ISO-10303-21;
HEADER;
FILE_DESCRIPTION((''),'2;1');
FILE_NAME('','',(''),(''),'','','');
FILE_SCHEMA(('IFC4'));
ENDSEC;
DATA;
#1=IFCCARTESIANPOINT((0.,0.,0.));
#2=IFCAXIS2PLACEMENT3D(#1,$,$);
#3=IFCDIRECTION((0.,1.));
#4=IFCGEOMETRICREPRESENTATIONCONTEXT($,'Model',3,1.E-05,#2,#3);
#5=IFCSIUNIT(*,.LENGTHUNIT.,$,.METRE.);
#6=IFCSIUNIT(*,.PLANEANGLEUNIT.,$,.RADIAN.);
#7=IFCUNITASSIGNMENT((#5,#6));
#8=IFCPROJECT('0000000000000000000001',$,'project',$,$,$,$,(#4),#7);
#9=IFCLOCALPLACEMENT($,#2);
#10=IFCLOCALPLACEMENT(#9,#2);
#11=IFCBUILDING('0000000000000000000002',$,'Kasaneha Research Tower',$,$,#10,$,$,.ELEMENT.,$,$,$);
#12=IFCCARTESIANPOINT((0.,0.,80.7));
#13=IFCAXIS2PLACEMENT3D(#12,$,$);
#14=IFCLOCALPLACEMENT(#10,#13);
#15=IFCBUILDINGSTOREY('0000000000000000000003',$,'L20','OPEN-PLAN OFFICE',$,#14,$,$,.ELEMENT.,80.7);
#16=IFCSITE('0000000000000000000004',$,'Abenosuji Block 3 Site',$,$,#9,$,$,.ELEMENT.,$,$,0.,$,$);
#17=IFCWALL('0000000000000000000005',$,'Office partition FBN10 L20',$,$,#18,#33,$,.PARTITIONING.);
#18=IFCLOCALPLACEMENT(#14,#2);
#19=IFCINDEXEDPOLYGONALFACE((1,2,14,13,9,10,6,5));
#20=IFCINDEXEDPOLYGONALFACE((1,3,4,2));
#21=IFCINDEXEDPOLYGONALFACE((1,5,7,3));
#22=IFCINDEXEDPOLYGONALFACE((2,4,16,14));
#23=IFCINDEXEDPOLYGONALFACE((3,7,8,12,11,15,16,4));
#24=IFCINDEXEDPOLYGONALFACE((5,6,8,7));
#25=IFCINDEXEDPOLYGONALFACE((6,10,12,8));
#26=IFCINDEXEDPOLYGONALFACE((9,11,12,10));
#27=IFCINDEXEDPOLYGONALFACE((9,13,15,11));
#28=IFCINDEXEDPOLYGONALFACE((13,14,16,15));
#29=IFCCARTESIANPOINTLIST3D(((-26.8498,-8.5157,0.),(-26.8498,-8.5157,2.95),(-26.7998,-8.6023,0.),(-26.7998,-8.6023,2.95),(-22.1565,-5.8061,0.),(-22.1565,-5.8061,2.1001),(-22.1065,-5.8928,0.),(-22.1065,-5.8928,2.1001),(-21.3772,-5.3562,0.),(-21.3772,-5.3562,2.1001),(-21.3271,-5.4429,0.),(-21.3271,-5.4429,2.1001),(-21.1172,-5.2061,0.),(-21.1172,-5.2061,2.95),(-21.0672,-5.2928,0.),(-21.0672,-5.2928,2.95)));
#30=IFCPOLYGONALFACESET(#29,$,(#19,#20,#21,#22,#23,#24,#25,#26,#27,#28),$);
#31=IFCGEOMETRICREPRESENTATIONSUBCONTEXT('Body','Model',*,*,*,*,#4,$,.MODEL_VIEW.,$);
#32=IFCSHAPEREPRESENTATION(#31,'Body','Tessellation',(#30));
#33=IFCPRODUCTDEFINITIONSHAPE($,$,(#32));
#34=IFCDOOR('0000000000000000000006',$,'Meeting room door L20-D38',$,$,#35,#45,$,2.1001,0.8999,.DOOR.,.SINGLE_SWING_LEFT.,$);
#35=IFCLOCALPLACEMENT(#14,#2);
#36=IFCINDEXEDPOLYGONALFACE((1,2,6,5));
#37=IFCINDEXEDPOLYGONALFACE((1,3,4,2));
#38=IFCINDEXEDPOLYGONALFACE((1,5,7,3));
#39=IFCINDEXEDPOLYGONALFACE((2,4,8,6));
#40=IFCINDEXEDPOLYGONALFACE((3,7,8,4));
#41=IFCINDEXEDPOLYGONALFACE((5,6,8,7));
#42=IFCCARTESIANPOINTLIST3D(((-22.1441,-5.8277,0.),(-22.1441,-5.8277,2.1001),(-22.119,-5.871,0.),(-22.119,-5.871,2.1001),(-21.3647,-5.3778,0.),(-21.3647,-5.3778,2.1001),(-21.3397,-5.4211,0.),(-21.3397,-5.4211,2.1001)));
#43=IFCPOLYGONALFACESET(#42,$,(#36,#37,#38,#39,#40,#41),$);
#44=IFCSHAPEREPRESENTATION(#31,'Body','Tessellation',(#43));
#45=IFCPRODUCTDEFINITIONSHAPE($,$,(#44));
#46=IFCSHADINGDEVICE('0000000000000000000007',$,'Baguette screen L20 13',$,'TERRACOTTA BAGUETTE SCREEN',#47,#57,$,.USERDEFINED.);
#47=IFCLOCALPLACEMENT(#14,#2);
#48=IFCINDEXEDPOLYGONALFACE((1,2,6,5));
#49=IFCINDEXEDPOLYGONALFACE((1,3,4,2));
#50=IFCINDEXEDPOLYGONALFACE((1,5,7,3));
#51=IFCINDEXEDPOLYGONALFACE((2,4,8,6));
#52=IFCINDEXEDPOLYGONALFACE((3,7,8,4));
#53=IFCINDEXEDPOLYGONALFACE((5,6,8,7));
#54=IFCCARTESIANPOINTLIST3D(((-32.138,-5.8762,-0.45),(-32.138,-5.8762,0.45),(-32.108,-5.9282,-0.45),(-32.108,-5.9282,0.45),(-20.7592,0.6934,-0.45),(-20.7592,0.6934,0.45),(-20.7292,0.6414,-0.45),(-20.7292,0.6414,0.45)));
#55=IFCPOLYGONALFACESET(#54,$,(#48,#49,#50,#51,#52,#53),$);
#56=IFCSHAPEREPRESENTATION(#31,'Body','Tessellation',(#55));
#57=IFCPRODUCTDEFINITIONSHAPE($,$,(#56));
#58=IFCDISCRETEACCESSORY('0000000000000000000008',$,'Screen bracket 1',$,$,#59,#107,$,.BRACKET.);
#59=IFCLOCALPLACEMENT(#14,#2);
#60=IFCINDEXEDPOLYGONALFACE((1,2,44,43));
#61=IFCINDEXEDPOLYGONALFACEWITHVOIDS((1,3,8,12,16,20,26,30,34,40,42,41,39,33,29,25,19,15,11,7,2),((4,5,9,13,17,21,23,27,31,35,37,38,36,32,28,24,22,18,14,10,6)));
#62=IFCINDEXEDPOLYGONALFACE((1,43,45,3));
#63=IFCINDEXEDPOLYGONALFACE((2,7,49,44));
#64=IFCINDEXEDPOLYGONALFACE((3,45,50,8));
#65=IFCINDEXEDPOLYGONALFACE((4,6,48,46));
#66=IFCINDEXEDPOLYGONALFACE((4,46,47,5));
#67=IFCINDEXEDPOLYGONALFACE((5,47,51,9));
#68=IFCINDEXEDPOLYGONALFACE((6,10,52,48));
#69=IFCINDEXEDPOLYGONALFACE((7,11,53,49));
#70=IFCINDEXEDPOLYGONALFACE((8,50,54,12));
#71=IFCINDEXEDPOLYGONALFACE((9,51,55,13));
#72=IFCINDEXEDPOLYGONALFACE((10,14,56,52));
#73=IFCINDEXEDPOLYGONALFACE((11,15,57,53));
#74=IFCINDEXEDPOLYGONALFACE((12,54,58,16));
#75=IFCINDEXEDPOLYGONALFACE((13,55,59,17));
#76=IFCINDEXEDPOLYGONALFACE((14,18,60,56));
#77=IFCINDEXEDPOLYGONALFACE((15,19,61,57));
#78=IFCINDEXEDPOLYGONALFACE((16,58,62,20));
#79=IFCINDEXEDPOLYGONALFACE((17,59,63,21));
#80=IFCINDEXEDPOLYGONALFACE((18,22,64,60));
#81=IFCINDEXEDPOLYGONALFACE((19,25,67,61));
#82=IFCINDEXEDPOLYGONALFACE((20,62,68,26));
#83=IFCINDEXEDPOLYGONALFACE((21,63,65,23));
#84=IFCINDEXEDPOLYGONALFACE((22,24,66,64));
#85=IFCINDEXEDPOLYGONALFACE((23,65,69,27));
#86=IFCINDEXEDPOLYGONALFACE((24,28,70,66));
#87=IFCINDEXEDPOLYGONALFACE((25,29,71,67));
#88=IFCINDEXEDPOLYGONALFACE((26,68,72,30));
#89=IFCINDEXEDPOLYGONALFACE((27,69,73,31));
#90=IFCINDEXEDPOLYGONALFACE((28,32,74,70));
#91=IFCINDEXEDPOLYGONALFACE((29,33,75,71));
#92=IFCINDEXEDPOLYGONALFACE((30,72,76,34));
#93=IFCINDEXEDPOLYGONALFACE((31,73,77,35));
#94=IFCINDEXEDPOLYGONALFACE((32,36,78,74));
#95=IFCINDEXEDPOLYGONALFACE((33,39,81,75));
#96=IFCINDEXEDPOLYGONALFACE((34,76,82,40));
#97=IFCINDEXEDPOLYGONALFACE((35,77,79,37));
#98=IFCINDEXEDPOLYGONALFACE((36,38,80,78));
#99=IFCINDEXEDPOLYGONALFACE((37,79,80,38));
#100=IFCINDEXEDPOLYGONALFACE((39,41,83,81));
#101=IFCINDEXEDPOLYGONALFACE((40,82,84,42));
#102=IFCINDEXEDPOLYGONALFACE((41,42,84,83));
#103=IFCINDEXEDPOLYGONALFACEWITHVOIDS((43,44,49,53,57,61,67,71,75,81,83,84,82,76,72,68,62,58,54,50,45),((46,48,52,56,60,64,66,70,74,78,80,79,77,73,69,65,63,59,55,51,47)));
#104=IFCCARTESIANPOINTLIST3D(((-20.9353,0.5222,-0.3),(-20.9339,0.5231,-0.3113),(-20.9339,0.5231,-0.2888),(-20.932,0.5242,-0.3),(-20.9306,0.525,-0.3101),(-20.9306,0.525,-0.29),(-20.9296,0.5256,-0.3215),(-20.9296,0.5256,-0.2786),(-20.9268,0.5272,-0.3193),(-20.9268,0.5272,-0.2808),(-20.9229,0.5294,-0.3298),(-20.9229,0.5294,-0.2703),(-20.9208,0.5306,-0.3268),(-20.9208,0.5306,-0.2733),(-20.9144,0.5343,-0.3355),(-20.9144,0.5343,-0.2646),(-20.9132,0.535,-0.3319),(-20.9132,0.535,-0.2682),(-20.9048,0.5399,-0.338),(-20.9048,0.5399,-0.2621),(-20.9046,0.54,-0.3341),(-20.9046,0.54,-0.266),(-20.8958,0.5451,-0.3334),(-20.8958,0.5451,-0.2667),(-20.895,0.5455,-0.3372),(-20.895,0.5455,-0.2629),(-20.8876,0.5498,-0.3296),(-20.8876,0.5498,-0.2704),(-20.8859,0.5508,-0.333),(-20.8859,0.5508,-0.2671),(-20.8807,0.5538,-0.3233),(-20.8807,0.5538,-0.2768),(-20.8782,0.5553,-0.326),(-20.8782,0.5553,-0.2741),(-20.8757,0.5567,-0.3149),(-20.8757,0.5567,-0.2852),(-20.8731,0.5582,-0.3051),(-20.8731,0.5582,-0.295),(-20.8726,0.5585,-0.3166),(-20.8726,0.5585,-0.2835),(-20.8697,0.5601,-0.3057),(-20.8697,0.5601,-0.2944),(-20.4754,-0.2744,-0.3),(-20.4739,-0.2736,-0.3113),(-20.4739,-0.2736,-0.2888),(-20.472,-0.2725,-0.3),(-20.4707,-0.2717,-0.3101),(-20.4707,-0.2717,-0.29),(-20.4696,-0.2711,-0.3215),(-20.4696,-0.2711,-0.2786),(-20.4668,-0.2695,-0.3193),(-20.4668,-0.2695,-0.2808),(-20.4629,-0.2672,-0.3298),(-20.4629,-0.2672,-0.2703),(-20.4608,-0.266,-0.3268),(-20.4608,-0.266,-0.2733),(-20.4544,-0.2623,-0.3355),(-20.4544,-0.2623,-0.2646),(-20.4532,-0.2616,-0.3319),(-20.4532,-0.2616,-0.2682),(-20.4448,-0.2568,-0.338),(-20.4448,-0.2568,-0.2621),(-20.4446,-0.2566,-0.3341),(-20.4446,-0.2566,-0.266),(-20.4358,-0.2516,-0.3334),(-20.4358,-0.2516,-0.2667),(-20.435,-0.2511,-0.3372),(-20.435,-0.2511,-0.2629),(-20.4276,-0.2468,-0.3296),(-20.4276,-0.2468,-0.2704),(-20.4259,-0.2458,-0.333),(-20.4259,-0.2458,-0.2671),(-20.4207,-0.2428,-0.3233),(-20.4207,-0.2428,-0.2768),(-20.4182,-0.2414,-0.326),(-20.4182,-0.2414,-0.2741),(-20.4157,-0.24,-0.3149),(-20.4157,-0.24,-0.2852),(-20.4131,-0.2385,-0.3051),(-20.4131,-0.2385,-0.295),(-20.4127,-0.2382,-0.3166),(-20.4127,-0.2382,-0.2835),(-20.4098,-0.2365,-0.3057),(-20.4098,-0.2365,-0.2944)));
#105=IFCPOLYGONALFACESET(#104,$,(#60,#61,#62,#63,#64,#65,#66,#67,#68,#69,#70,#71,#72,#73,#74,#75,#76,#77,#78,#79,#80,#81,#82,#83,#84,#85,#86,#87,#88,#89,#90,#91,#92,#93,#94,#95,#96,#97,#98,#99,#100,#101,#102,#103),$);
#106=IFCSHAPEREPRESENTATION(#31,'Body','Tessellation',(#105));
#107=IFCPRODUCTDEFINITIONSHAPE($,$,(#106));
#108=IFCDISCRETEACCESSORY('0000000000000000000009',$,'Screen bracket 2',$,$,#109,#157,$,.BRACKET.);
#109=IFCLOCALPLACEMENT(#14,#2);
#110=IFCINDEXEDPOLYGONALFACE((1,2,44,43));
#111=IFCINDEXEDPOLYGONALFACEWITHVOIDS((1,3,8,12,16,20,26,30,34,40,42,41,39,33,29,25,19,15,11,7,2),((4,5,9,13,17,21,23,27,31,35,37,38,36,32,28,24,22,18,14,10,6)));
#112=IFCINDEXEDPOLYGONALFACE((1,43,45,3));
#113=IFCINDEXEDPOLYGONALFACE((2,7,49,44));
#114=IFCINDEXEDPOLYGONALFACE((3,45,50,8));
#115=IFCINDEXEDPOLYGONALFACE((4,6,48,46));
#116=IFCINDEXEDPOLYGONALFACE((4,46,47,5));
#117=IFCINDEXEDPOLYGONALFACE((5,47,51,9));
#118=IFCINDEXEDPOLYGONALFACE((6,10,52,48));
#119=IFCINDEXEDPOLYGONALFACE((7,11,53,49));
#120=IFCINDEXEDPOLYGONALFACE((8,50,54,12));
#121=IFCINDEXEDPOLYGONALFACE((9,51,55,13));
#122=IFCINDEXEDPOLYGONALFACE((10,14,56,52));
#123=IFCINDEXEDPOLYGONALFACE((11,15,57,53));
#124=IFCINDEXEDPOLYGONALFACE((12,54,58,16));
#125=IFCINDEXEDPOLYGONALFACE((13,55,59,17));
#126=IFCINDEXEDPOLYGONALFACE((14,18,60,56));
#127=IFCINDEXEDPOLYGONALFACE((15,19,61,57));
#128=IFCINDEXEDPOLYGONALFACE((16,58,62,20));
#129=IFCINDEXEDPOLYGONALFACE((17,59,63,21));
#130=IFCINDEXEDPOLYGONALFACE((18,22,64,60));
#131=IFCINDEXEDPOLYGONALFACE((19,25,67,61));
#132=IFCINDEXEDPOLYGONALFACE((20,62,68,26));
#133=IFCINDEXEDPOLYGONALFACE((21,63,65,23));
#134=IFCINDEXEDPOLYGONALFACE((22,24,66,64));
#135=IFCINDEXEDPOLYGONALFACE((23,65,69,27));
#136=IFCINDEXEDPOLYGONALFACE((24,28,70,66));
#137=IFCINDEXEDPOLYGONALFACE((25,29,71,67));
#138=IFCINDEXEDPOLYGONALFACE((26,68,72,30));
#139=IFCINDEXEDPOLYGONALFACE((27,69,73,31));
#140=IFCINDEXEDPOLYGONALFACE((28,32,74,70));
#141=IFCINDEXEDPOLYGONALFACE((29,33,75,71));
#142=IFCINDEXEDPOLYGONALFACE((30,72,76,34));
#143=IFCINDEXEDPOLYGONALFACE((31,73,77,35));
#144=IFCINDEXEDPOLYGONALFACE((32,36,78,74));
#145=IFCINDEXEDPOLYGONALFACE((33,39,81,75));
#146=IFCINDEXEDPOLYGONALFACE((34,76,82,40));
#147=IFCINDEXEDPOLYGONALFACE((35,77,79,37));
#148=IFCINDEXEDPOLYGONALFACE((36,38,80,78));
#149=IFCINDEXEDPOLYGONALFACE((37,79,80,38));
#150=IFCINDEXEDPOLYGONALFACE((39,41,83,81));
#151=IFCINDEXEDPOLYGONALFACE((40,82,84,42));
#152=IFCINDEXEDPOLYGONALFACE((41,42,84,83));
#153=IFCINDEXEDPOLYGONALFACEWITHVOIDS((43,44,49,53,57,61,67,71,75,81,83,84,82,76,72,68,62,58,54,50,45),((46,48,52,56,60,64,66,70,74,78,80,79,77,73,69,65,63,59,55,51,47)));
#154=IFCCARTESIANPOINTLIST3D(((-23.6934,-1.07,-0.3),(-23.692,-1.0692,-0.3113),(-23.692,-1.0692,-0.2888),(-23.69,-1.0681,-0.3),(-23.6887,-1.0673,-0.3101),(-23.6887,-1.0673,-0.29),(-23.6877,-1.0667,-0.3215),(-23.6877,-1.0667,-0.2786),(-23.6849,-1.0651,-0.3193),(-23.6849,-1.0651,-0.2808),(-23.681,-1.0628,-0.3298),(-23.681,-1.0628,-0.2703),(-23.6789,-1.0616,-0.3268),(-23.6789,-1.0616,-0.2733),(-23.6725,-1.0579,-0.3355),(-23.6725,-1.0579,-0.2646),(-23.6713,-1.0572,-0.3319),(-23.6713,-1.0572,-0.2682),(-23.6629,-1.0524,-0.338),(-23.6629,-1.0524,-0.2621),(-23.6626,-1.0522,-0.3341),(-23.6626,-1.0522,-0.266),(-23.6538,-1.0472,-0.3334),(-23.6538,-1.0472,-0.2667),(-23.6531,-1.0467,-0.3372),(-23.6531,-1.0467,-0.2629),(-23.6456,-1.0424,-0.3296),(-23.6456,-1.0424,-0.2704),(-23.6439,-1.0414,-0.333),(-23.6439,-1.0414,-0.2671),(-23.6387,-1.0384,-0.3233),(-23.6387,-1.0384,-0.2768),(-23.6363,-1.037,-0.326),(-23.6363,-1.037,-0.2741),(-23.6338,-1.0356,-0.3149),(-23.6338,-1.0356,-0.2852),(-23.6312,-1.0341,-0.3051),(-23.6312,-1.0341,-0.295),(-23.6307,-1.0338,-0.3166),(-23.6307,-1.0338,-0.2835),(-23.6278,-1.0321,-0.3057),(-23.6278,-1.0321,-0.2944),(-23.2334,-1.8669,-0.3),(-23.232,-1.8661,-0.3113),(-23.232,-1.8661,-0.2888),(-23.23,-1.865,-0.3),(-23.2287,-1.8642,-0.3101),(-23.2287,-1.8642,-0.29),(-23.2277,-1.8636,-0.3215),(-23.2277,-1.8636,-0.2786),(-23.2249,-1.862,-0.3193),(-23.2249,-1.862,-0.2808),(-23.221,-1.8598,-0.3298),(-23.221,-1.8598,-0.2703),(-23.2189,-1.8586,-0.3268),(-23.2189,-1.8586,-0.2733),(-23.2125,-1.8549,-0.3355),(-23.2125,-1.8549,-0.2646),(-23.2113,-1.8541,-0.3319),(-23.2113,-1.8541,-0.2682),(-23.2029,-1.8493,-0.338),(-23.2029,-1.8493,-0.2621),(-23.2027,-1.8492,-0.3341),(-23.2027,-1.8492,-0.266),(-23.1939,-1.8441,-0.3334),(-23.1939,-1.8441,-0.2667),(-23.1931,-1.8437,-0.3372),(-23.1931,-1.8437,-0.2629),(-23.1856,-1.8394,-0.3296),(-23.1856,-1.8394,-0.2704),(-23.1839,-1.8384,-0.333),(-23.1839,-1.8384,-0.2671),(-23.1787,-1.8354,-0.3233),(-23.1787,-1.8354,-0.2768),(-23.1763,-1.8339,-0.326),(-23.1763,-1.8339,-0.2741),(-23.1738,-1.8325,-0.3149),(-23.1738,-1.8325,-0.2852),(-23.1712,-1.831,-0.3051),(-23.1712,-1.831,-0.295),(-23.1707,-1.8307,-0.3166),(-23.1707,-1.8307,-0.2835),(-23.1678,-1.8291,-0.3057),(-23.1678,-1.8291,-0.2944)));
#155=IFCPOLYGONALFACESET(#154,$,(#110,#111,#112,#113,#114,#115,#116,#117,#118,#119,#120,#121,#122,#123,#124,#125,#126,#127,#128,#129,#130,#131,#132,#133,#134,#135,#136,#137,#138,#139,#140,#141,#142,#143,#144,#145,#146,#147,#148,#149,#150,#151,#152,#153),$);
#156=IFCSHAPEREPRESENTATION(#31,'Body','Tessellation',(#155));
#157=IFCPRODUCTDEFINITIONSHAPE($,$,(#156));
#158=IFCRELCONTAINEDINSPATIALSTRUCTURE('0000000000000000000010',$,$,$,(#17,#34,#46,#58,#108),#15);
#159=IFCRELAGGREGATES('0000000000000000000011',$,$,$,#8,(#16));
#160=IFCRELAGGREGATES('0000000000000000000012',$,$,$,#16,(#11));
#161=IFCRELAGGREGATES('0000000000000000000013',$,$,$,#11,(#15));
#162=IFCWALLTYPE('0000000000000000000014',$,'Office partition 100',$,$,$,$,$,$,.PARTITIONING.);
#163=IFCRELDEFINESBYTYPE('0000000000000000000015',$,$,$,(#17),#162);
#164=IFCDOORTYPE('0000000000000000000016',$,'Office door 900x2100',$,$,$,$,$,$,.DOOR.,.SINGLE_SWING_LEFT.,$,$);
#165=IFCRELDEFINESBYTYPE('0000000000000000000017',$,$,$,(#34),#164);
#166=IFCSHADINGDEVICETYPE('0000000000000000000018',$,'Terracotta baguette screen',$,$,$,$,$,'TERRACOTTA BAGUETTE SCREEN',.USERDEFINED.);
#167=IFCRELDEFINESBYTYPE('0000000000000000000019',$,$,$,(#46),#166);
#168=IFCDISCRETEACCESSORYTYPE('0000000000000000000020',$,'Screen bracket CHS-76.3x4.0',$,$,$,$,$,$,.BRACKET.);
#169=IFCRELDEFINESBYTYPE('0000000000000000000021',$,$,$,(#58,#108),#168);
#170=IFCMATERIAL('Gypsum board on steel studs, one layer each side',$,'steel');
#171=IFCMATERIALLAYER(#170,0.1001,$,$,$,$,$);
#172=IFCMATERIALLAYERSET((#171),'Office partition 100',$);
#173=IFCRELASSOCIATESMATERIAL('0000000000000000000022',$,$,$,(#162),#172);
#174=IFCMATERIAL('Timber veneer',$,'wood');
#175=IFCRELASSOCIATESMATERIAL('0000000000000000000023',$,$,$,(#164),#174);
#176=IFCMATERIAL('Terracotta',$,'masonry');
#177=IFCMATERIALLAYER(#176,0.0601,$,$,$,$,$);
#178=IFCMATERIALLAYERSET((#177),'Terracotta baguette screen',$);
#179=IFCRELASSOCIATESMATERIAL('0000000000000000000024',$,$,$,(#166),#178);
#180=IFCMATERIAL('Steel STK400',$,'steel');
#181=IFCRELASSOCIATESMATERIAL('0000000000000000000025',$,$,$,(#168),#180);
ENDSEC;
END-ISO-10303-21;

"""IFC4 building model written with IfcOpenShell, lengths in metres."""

from ifc_helpers import new_model, si_unit, direction, frame, frame_2d, origin, origin_2d, place, context, subcontext, project, spatial, rectangle, hollow_circle, extrude, material, layer, layer_set, material_profile, profile_set, type_object, element, fill, save


model = new_model("IFC4")

# Units and contexts
model_context = context("Model", 3, precision=1e-05, world=origin(), true_north=direction((0.0, 1.0)))
body_context = subcontext(model_context, "Body", "Model", "MODEL_VIEW")
ifc_project = project(units=[si_unit("LENGTHUNIT", "METRE"), si_unit("PLANEANGLEUNIT", "RADIAN")], contexts=[model_context])

# Site, building, storey
site_placement = place(None, origin())
site = spatial("IfcSite", under=ifc_project, at=site_placement, Name="Abenosuji Block 3 Site", CompositionType="ELEMENT", RefElevation=0.0)
building_placement = place(site_placement, origin())
building = spatial("IfcBuilding", under=site, at=building_placement, Name="Kasaneha Research Tower", CompositionType="ELEMENT")
storey_placement = place(building_placement, frame((0.0, 0.0, 80.7)))
storey = spatial("IfcBuildingStorey", under=building, at=storey_placement, Name="L20", Description="OPEN-PLAN OFFICE", CompositionType="ELEMENT", Elevation=80.7)

# Shared definitions
ifc_material_1 = material(Name="Gypsum board on steel studs, one layer each side", Category="steel")
ifc_layer_1 = layer(ifc_material_1, 0.1001)
ifc_layer_set_1 = layer_set([ifc_layer_1], Name="Office partition 100")
wall_type = type_object("IfcWallType", Name="Office partition 100", PredefinedType="PARTITIONING", material=ifc_layer_set_1)

# Wall, opening, door
wall_1_placement = place(storey_placement, frame((-21.0923, -5.2495, 0.0), z_axis=(0.0, 0.0, 1.0), x_axis=(-0.866038, -0.499979, 0.0)))
wall_1 = element("IfcWall", 1, at=wall_1_placement, inside=storey, type_object=wall_type, Name="Office partition FBN10 L20", PredefinedType="PARTITIONING", context=body_context, shape_type="SweptSolid", body=[
    extrude(rectangle(XDim=6.6194, YDim=0.1001, at=frame_2d((3.3096, 0.0))), origin(), (0.0, 0.0, 1.0), 2.95),
])
opening_placement = place(wall_1_placement, frame((0.3, 0.0, 0.0)))
opening = element("IfcOpeningElement", 2, at=opening_placement, cuts=wall_1, PredefinedType="OPENING", context=body_context, shape_type="SweptSolid", body=[
    extrude(rectangle(XDim=0.8999, YDim=2.1001, at=frame_2d((0.45, 1.05))), frame((0.0, 0.0601, 0.0), z_axis=(0.0, -1.0, 0.0), x_axis=(1.0, 0.0, 0.0)), (0.0, 0.0, 1.0), 0.1201),
])
ifc_material_2 = material(Name="Timber veneer", Category="wood")
door_type = type_object("IfcDoorType", Name="Office door 900x2100", OperationType="SINGLE_SWING_LEFT", PredefinedType="DOOR", material=ifc_material_2)
door_placement = place(opening_placement, origin())
door = element("IfcDoor", 3, at=door_placement, inside=storey, type_object=door_type, Name="Meeting room door L20-D38", OperationType="SINGLE_SWING_LEFT", OverallHeight=2.1001, OverallWidth=0.8999, PredefinedType="DOOR", context=body_context, shape_type="SweptSolid", body=[
    extrude(rectangle(XDim=0.8999, YDim=2.1001, at=frame_2d((0.45, 1.05))), frame((0.0, 0.0249, 0.0), z_axis=(0.0, -1.0, 0.0), x_axis=(1.0, 0.0, 0.0)), (0.0, 0.0, 1.0), 0.05),
])
fill(opening, door)

# Shading device
ifc_material_3 = material(Name="Terracotta", Category="masonry")
ifc_layer_2 = layer(ifc_material_3, 0.0601)
ifc_layer_set_2 = layer_set([ifc_layer_2], Name="Terracotta baguette screen")
shading_device_type = type_object("IfcShadingDeviceType", Name="Terracotta baguette screen", ElementType="TERRACOTTA BAGUETTE SCREEN", PredefinedType="USERDEFINED", material=ifc_layer_set_2)
shading_device_placement = place(storey_placement, frame((-26.4336, -2.6174, -0.45), z_axis=(0.0, 0.0, 1.0), x_axis=(-0.866025, -0.5, 0.0)))
element("IfcShadingDevice", 4, at=shading_device_placement, inside=storey, type_object=shading_device_type, Name="Baguette screen L20 13", ObjectType="TERRACOTTA BAGUETTE SCREEN", PredefinedType="USERDEFINED", context=body_context, shape_type="SweptSolid", body=[
    extrude(rectangle(XDim=13.1392, YDim=0.0601, at=origin_2d()), origin(), (0.0, 0.0, 1.0), 0.8999),
])

# Discrete accessories
ifc_material_4 = material(Name="Steel STK400", Category="steel")
ifc_material_profile_1 = material_profile(ifc_material_4, hollow_circle(Radius=0.0381, WallThickness=0.0039, at=origin_2d()), Name="CHS-76.3x4.0")
ifc_profile_set_1 = profile_set([ifc_material_profile_1], Name="Steel STK400")
discrete_accessory_type = type_object("IfcDiscreteAccessoryType", Name="Screen bracket CHS-76.3x4.0", PredefinedType="BRACKET", material=ifc_profile_set_1)
discrete_accessory_1_placement = place(storey_placement, frame((-20.4424, -0.2554, -0.3), z_axis=(-0.500021, 0.866013, 0.0), x_axis=(-0.866013, -0.500021, 0.0)))
element("IfcDiscreteAccessory", 5, at=discrete_accessory_1_placement, inside=storey, type_object=discrete_accessory_type, Name="Screen bracket 1", PredefinedType="BRACKET", context=body_context, shape_type="SweptSolid", body=[
    extrude(hollow_circle(Radius=0.0381, WallThickness=0.0039, at=origin_2d()), origin(), (0.0, 0.0, 1.0), 0.9199),
])
discrete_accessory_2_placement = place(storey_placement, frame((-23.2004, -1.8479, -0.3), z_axis=(-0.499906, 0.86608, 0.0), x_axis=(-0.86608, -0.499906, 0.0)))
element("IfcDiscreteAccessory", 6, at=discrete_accessory_2_placement, inside=storey, type_object=discrete_accessory_type, Name="Screen bracket 2", PredefinedType="BRACKET", context=body_context, shape_type="SweptSolid", body=[
    extrude(hollow_circle(Radius=0.0381, WallThickness=0.0039, at=origin_2d()), origin(), (0.0, 0.0, 1.0), 0.9202),
])

save(model, "model.ifc")
